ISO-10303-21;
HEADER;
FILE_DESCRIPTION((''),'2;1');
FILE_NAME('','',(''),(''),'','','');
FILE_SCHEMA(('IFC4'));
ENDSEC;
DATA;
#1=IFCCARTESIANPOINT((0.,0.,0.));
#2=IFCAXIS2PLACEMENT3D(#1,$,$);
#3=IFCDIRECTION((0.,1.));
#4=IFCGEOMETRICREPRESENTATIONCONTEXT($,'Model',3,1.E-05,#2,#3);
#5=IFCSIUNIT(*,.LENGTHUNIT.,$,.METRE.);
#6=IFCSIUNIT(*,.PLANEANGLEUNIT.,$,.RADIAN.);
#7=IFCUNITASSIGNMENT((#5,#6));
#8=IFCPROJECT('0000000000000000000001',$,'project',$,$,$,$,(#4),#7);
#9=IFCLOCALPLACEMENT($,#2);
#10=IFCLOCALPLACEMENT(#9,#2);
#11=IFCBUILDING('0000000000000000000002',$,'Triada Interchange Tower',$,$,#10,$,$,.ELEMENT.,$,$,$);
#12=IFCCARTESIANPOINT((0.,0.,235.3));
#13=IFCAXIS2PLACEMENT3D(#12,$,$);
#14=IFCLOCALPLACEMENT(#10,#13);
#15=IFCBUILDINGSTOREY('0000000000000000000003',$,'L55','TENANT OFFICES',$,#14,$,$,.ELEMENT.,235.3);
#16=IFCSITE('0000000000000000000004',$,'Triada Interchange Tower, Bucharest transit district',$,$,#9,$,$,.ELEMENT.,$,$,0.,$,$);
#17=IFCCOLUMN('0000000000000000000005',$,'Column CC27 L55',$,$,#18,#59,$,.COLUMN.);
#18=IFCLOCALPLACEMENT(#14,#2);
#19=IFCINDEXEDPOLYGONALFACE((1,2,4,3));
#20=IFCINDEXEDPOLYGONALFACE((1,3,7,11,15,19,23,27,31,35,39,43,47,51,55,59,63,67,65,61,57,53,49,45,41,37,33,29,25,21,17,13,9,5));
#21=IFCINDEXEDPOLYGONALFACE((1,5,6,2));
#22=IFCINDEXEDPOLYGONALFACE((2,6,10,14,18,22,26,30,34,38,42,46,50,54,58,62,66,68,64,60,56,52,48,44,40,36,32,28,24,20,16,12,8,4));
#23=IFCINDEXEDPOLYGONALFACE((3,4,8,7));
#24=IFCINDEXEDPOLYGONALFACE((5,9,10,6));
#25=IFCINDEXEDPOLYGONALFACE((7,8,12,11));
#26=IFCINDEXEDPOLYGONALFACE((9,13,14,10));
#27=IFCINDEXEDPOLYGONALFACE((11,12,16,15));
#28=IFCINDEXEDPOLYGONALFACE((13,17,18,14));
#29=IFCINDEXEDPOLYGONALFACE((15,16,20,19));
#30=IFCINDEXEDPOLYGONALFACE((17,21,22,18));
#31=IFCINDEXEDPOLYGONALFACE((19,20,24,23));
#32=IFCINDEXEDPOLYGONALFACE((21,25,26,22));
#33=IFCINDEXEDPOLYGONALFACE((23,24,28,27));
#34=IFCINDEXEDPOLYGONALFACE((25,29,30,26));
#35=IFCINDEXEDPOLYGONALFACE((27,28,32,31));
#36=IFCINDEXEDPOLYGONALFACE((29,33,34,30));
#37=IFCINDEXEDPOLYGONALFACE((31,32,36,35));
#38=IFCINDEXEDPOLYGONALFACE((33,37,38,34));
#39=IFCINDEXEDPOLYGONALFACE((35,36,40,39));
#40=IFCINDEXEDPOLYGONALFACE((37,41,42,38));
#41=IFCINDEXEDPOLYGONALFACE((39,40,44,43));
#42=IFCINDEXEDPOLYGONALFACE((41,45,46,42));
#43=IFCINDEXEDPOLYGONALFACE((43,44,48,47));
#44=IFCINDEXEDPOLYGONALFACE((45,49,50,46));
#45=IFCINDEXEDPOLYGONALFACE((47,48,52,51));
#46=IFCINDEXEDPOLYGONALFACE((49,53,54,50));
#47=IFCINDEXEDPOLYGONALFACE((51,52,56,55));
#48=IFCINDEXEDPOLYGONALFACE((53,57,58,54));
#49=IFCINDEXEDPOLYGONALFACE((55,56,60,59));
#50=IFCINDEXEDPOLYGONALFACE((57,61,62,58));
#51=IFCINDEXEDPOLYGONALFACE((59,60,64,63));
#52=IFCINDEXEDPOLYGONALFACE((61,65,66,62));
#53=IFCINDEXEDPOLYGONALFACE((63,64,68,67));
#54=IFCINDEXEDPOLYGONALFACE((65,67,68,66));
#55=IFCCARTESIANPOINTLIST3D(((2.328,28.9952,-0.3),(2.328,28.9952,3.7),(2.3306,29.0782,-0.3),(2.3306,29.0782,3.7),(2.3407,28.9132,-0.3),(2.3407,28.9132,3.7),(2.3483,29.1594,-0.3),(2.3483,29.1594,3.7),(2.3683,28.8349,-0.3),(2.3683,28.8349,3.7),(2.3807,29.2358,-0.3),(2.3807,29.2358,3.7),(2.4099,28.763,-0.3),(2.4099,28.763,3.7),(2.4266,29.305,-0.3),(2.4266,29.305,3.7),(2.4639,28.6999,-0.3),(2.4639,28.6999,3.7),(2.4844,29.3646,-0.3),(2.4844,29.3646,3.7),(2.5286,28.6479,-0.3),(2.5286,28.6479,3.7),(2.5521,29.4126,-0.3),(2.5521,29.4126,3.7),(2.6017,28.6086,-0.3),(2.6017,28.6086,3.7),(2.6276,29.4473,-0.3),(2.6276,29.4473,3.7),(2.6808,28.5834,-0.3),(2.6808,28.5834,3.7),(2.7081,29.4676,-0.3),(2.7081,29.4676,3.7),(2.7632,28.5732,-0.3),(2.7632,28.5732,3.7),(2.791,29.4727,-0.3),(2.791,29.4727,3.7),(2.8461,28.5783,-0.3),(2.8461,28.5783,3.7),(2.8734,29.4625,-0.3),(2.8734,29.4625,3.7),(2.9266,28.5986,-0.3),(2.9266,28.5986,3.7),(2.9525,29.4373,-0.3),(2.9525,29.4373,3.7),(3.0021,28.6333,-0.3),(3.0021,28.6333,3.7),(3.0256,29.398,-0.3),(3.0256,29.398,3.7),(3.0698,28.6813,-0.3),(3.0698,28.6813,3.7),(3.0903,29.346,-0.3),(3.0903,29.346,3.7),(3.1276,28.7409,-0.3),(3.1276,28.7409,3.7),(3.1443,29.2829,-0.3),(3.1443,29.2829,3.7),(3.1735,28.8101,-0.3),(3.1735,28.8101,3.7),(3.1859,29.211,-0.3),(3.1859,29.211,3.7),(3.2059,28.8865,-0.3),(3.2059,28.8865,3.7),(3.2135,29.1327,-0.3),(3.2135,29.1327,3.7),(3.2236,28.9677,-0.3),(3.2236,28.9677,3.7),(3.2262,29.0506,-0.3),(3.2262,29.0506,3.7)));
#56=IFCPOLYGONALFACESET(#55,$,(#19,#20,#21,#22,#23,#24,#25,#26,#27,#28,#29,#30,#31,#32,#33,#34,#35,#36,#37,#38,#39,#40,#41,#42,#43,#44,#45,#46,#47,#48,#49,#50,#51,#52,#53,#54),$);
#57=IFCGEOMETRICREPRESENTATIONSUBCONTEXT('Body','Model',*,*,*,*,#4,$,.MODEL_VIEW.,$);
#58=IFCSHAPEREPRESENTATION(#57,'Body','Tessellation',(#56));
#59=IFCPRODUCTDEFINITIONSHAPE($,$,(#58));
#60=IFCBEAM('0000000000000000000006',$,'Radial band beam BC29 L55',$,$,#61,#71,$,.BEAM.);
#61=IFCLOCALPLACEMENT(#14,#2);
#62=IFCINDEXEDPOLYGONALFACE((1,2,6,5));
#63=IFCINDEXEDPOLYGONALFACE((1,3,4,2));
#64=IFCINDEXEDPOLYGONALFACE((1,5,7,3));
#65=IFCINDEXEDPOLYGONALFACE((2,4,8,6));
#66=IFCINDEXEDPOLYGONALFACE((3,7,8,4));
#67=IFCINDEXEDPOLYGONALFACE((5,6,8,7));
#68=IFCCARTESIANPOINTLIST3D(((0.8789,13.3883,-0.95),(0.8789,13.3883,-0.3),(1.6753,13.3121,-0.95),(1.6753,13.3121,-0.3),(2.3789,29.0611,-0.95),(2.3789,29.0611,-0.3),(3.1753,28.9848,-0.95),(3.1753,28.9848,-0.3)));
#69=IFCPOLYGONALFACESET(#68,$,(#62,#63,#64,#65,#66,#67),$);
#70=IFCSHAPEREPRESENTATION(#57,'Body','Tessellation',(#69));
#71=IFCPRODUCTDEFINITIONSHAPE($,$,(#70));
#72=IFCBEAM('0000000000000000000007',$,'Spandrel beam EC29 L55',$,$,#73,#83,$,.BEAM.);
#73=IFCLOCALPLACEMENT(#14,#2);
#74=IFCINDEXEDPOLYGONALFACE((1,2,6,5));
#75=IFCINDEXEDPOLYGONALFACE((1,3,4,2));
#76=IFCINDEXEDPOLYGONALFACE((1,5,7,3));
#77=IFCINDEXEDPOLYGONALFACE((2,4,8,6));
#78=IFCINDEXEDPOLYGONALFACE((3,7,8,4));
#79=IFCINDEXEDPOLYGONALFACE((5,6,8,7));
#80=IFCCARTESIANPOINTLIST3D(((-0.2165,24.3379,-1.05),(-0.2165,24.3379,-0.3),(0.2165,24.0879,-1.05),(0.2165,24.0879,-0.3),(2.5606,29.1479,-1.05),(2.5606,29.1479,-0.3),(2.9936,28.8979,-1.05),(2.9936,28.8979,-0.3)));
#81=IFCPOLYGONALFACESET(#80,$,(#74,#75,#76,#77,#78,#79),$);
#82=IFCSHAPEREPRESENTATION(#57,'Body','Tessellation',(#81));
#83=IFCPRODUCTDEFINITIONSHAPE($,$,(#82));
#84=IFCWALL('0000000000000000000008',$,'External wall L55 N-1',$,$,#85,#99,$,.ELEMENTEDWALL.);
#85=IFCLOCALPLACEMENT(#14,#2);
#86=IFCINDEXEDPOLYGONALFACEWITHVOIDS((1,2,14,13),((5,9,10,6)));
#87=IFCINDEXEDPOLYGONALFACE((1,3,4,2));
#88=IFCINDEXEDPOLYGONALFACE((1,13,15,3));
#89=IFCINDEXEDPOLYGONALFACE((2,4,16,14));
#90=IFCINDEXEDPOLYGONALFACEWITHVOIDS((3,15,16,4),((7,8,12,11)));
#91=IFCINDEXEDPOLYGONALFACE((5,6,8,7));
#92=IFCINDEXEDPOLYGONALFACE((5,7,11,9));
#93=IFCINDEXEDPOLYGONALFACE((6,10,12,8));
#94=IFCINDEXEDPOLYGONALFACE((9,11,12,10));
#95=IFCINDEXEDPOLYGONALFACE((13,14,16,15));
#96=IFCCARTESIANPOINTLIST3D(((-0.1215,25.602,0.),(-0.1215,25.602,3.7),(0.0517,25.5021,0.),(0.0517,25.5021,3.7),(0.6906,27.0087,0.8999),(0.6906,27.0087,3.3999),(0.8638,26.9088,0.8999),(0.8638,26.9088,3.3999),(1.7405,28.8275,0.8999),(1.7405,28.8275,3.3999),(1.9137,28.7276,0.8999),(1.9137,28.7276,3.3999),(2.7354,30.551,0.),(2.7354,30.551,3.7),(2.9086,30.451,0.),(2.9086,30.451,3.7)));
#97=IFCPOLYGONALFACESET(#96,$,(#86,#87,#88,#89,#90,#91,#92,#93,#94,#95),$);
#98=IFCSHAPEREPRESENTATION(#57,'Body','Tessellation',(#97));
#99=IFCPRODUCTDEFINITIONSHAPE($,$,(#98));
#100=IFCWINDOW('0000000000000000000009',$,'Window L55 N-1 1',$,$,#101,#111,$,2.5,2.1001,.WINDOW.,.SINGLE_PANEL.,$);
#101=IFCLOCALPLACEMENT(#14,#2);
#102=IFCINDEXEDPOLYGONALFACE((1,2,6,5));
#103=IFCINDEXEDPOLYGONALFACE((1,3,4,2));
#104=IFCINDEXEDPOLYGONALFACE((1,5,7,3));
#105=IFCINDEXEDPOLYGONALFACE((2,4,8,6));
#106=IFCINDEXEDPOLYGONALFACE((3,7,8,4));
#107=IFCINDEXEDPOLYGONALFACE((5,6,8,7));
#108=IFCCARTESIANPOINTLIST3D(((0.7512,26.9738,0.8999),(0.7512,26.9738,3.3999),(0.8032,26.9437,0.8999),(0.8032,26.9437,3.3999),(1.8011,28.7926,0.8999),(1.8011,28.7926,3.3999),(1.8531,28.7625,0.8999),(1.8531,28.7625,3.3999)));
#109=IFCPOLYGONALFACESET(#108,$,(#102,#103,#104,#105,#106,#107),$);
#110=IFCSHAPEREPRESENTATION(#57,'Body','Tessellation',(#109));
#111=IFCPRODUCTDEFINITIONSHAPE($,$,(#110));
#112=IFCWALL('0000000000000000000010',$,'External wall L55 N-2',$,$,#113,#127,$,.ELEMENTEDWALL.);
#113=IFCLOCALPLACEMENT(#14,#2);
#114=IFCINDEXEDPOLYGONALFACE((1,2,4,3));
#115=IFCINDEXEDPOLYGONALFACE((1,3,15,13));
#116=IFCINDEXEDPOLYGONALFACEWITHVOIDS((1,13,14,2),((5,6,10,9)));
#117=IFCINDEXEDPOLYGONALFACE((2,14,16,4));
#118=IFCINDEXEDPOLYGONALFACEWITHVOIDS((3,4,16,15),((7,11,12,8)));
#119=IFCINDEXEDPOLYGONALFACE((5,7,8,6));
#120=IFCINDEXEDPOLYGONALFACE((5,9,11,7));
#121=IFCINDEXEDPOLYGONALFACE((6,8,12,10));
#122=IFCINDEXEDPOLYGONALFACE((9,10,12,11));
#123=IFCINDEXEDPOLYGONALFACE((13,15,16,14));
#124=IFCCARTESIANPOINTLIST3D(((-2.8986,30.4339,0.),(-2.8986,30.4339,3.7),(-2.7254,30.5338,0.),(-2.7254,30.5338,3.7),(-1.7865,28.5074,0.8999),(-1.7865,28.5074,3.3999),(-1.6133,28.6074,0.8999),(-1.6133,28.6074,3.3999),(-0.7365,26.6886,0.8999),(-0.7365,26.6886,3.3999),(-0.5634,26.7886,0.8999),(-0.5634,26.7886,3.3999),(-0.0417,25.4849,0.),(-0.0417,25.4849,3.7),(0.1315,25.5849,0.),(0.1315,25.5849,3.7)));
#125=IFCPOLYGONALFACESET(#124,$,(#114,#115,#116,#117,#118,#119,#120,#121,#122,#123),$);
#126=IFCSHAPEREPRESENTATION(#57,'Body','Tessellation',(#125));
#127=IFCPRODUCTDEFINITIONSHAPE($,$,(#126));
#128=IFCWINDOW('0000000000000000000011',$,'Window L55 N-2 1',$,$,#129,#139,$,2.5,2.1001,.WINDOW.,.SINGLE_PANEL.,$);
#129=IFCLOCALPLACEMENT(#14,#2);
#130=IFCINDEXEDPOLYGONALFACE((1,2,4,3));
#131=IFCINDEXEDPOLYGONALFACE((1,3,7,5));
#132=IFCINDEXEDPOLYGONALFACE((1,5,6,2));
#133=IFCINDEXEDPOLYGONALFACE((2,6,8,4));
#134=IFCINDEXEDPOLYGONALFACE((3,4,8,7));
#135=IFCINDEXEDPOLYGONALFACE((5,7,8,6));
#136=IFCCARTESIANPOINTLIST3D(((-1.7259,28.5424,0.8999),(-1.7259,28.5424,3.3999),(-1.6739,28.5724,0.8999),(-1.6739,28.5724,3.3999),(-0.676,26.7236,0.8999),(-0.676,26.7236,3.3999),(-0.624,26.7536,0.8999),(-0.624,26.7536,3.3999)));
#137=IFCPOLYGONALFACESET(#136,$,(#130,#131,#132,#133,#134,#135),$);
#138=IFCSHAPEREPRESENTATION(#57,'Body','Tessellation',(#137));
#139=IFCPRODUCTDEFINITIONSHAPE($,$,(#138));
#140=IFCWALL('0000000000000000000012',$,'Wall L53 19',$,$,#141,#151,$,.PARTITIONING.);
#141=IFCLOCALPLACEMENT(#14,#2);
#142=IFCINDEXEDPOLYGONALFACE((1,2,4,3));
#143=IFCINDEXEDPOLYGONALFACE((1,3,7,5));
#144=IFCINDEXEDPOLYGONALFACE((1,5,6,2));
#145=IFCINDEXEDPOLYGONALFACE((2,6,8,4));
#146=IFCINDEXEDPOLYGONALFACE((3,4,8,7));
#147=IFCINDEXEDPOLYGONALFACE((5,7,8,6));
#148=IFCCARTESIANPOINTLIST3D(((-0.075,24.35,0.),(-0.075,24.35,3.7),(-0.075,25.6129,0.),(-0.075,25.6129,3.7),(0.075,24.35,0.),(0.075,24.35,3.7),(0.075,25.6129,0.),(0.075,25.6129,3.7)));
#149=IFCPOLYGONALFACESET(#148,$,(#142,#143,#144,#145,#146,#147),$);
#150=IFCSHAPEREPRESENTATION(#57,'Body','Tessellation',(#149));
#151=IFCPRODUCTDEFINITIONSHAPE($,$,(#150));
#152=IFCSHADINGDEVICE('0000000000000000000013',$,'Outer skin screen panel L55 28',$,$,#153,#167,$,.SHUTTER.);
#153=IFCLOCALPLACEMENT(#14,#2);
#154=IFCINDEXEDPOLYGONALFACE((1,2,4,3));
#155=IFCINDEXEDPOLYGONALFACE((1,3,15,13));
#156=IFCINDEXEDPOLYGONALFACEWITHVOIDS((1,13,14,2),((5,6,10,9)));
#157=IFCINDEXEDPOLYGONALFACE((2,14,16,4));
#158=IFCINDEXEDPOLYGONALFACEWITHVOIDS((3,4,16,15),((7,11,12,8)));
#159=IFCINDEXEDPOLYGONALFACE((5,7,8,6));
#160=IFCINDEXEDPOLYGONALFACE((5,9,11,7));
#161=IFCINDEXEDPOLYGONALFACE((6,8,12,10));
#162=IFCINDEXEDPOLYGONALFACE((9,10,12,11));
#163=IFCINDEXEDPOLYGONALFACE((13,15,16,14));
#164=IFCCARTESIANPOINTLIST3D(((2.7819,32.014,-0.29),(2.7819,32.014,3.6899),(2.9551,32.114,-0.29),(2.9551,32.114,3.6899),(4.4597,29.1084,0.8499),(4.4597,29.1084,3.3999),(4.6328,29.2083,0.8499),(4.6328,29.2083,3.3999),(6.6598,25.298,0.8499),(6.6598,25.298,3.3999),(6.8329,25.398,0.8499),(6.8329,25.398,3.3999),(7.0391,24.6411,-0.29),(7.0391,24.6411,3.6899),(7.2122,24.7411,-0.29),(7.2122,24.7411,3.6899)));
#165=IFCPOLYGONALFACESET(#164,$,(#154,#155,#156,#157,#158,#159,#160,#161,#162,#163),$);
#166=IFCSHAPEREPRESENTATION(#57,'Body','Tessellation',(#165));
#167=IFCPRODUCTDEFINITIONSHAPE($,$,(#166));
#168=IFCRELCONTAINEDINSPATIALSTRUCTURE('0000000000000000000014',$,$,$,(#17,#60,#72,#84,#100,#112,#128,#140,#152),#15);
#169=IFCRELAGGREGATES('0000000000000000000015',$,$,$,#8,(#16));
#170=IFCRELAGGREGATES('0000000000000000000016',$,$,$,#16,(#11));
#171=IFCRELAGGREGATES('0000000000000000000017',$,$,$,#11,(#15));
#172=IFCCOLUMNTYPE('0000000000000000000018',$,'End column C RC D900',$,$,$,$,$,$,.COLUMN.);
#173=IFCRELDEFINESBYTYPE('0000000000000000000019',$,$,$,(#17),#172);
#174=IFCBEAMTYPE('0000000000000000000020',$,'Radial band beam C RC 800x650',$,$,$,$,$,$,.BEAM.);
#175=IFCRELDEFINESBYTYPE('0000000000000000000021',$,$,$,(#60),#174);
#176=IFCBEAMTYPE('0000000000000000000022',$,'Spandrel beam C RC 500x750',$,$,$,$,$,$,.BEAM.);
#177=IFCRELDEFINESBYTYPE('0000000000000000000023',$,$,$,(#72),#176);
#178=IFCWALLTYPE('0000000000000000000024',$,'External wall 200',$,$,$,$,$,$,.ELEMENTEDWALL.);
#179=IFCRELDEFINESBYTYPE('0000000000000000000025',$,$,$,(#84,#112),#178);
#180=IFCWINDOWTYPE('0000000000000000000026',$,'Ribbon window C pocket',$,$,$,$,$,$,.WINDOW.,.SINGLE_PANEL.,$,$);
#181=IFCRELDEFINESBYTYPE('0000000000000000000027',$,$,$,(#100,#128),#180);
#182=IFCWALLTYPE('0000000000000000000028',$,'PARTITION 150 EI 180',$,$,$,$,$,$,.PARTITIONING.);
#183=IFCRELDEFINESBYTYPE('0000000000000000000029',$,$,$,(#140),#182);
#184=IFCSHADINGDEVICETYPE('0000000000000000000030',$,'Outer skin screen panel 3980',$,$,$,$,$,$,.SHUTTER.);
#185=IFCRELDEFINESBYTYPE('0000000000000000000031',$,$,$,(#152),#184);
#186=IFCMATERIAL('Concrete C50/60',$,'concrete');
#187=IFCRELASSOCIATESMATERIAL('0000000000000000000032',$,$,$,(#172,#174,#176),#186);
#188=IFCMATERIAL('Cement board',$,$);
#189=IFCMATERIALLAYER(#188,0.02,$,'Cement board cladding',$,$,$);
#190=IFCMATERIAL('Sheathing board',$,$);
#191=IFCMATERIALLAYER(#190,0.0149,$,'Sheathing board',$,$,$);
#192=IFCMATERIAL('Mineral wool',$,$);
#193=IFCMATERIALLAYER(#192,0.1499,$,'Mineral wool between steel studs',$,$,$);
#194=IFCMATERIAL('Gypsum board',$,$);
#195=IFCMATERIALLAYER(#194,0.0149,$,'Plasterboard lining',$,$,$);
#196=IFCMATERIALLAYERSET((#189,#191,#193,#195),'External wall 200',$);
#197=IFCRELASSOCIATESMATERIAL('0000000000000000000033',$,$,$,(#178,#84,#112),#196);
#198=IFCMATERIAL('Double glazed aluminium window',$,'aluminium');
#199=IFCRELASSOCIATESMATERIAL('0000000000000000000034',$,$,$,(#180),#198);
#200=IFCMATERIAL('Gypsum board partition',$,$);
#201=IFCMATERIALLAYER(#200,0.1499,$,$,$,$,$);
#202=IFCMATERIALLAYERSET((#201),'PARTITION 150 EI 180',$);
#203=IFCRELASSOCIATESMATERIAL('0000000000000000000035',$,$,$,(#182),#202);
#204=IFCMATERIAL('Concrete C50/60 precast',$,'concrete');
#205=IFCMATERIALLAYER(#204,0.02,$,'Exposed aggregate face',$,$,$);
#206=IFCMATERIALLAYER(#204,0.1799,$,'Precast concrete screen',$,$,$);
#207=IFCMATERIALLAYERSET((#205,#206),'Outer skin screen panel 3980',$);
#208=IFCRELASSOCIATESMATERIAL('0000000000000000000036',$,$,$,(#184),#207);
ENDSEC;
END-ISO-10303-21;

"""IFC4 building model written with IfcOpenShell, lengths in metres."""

from ifc_helpers import new_model, si_unit, direction, frame, frame_2d, origin, origin_2d, place, context, subcontext, project, spatial, polyline, rectangle, circle, outline, extrude, material, layer, layer_set, layer_usage, material_profile, profile_set, type_object, element, fill, save


model = new_model("IFC4")

# Units and contexts
model_context = context("Model", 3, precision=1e-05, world=origin(), true_north=direction((0.0, 1.0)))
body_context = subcontext(model_context, "Body", "Model", "MODEL_VIEW")
ifc_project = project(units=[si_unit("LENGTHUNIT", "METRE"), si_unit("PLANEANGLEUNIT", "RADIAN")], contexts=[model_context])

# Site, building, storey
site_placement = place(None, origin())
site = spatial("IfcSite", under=ifc_project, at=site_placement, Name="Triada Interchange Tower, Bucharest transit district", CompositionType="ELEMENT", RefElevation=0.0)
building_placement = place(site_placement, origin())
building = spatial("IfcBuilding", under=site, at=building_placement, Name="Triada Interchange Tower", CompositionType="ELEMENT")
storey_placement = place(building_placement, frame((0.0, 0.0, 235.3)))
storey = spatial("IfcBuildingStorey", under=building, at=storey_placement, Name="L55", Description="TENANT OFFICES", CompositionType="ELEMENT", Elevation=235.3)

# Column
ifc_material_1 = material(Name="Concrete C50/60", Category="concrete")
ifc_material_profile_1 = material_profile(ifc_material_1, circle(Radius=0.45, at=origin_2d()), Name="RC D900")
ifc_profile_set_1 = profile_set([ifc_material_profile_1], Name="Concrete C50/60")
column_type = type_object("IfcColumnType", Name="End column C RC D900", PredefinedType="COLUMN", material=ifc_profile_set_1)
column_placement = place(storey_placement, frame((2.7771, 29.0229, -0.3), z_axis=(0.0, 0.0, 1.0), x_axis=(-0.5, 0.866025, 0.0)))
element("IfcColumn", 1, at=column_placement, inside=storey, type_object=column_type, Name="Column CC27 L55", PredefinedType="COLUMN", context=body_context, shape_type="SweptSolid", body=[
    extrude(circle(Radius=0.45, at=origin_2d()), origin(), (0.0, 0.0, 1.0), 4.0),
])

# Beams
ifc_material_profile_2 = material_profile(ifc_material_1, rectangle(XDim=0.8, YDim=0.6499, at=origin_2d()), Name="RC 800x650")
ifc_profile_set_2 = profile_set([ifc_material_profile_2], Name="Concrete C50/60")
beam_type_1 = type_object("IfcBeamType", Name="Radial band beam C RC 800x650", PredefinedType="BEAM", material=ifc_profile_set_2)
beam_1_placement = place(storey_placement, frame((2.7771, 29.0229, -0.625), z_axis=(-0.095272, -0.995451, 0.0), x_axis=(0.995451, -0.095272, 0.0)))
element("IfcBeam", 2, at=beam_1_placement, inside=storey, type_object=beam_type_1, Name="Radial band beam BC29 L55", PredefinedType="BEAM", context=body_context, shape_type="SweptSolid", body=[
    extrude(rectangle(XDim=0.8, YDim=0.6499, at=origin_2d()), origin(), (0.0, 0.0, 1.0), 15.7444),
])
ifc_material_profile_3 = material_profile(ifc_material_1, rectangle(XDim=0.5, YDim=0.75, at=origin_2d()), Name="RC 500x750")
ifc_profile_set_3 = profile_set([ifc_material_profile_3], Name="Concrete C50/60")
beam_type_2 = type_object("IfcBeamType", Name="Spandrel beam C RC 500x750", PredefinedType="BEAM", material=ifc_profile_set_3)
beam_2_placement = place(storey_placement, frame((2.7771, 29.0229, -0.675), z_axis=(-0.500001, -0.866025, 0.0), x_axis=(0.866025, -0.500001, 0.0)))
element("IfcBeam", 3, at=beam_2_placement, inside=storey, type_object=beam_type_2, Name="Spandrel beam EC29 L55", PredefinedType="BEAM", context=body_context, shape_type="SweptSolid", body=[
    extrude(rectangle(XDim=0.5, YDim=0.75, at=origin_2d()), origin(), (0.0, 0.0, 1.0), 5.5542),
])

# Walls, openings, windows
ifc_material_2 = material(Name="Cement board")
ifc_layer_1 = layer(ifc_material_2, 0.02, Name="Cement board cladding")
ifc_material_3 = material(Name="Sheathing board")
ifc_layer_2 = layer(ifc_material_3, 0.0149, Name="Sheathing board")
ifc_material_4 = material(Name="Mineral wool")
ifc_layer_3 = layer(ifc_material_4, 0.1499, Name="Mineral wool between steel studs")
ifc_material_5 = material(Name="Gypsum board")
ifc_layer_4 = layer(ifc_material_5, 0.0149, Name="Plasterboard lining")
ifc_layer_set_1 = layer_set([ifc_layer_1, ifc_layer_2, ifc_layer_3, ifc_layer_4], Name="External wall 200")
ifc_layer_usage = layer_usage(ifc_layer_set_1, "AXIS2", "POSITIVE", -0.1001)
wall_type_1 = type_object("IfcWallType", Name="External wall 200", PredefinedType="ELEMENTEDWALL", material=ifc_layer_set_1)
wall_1_placement = place(storey_placement, frame((2.822, 30.501, 0.0), z_axis=(0.0, 0.0, 1.0), x_axis=(-0.499953, -0.866053, 0.0)))
wall_1 = element("IfcWall", 4, at=wall_1_placement, inside=storey, type_object=wall_type_1, material=ifc_layer_usage, Name="External wall L55 N-1", PredefinedType="ELEMENTEDWALL", context=body_context, shape_type="SweptSolid", body=[
    extrude(rectangle(XDim=5.7144, YDim=0.2, at=frame_2d((2.8572, 0.0))), origin(), (0.0, 0.0, 1.0), 3.7),
])
opening_1_placement = place(wall_1_placement, frame((1.99, 0.0, 0.8999)))
opening_1 = element("IfcOpeningElement", 5, at=opening_1_placement, cuts=wall_1, PredefinedType="OPENING", context=body_context, shape_type="SweptSolid", body=[
    extrude(rectangle(XDim=2.1001, YDim=2.5, at=frame_2d((1.05, 1.25))), frame((0.0, 0.1099, 0.0), z_axis=(0.0, -1.0, 0.0), x_axis=(1.0, 0.0, 0.0)), (0.0, 0.0, 1.0), 0.22),
])
ifc_material_6 = material(Name="Double glazed aluminium window", Category="aluminium")
window_type = type_object("IfcWindowType", Name="Ribbon window C pocket", PartitioningType="SINGLE_PANEL", PredefinedType="WINDOW", material=ifc_material_6)
window_1_placement = place(opening_1_placement, origin())
window_1 = element("IfcWindow", 6, at=window_1_placement, inside=storey, type_object=window_type, Name="Window L55 N-1 1", OverallHeight=2.5, OverallWidth=2.1001, PartitioningType="SINGLE_PANEL", PredefinedType="WINDOW", context=body_context, shape_type="SweptSolid", body=[
    extrude(rectangle(XDim=2.1001, YDim=2.5, at=frame_2d((1.05, 1.25))), frame((0.0, 0.03, 0.0), z_axis=(0.0, -1.0, 0.0), x_axis=(1.0, 0.0, 0.0)), (0.0, 0.0, 1.0), 0.0601),
])
fill(opening_1, window_1)
wall_2_placement = place(storey_placement, frame((0.0449, 25.5349, 0.0), z_axis=(0.0, 0.0, 1.0), x_axis=(-0.499953, 0.866053, 0.0)))
wall_2 = element("IfcWall", 7, at=wall_2_placement, inside=storey, type_object=wall_type_1, material=ifc_layer_usage, Name="External wall L55 N-2", PredefinedType="ELEMENTEDWALL", context=body_context, shape_type="SweptSolid", body=[
    extrude(rectangle(XDim=5.7144, YDim=0.2, at=frame_2d((2.8572, 0.0))), origin(), (0.0, 0.0, 1.0), 3.7),
])
opening_2_placement = place(wall_2_placement, frame((1.3899, 0.0, 0.8999)))
opening_2 = element("IfcOpeningElement", 8, at=opening_2_placement, cuts=wall_2, PredefinedType="OPENING", context=body_context, shape_type="SweptSolid", body=[
    extrude(rectangle(XDim=2.1001, YDim=2.5, at=frame_2d((1.05, 1.25))), frame((0.0, 0.1099, 0.0), z_axis=(0.0, -1.0, 0.0), x_axis=(1.0, 0.0, 0.0)), (0.0, 0.0, 1.0), 0.22),
])
window_2_placement = place(opening_2_placement, origin())
window_2 = element("IfcWindow", 9, at=window_2_placement, inside=storey, type_object=window_type, Name="Window L55 N-2 1", OverallHeight=2.5, OverallWidth=2.1001, PartitioningType="SINGLE_PANEL", PredefinedType="WINDOW", context=body_context, shape_type="SweptSolid", body=[
    extrude(rectangle(XDim=2.1001, YDim=2.5, at=frame_2d((1.05, 1.25))), frame((0.0, 0.03, 0.0), z_axis=(0.0, -1.0, 0.0), x_axis=(1.0, 0.0, 0.0)), (0.0, 0.0, 1.0), 0.0601),
])
fill(opening_2, window_2)

# Wall
ifc_material_7 = material(Name="Gypsum board partition")
ifc_layer_5 = layer(ifc_material_7, 0.1499)
ifc_layer_set_2 = layer_set([ifc_layer_5], Name="PARTITION 150 EI 180")
wall_type_2 = type_object("IfcWallType", Name="PARTITION 150 EI 180", PredefinedType="PARTITIONING", material=ifc_layer_set_2)
wall_3_placement = place(storey_placement, frame((0.0, 24.3501, 0.0), z_axis=(0.0, 0.0, 1.0), x_axis=(0.0, 1.0, 0.0)))
element("IfcWall", 10, at=wall_3_placement, inside=storey, type_object=wall_type_2, Name="Wall L53 19", PredefinedType="PARTITIONING", context=body_context, shape_type="SweptSolid", body=[
    extrude(rectangle(XDim=1.2629, YDim=0.1499, at=frame_2d((0.6313, 0.0))), origin(), (0.0, 0.0, 1.0), 3.7),
])

# Shading device
ifc_material_8 = material(Name="Concrete C50/60 precast", Category="concrete")
ifc_layer_6 = layer(ifc_material_8, 0.02, Name="Exposed aggregate face")
ifc_layer_7 = layer(ifc_material_8, 0.1799, Name="Precast concrete screen")
ifc_layer_set_3 = layer_set([ifc_layer_6, ifc_layer_7], Name="Outer skin screen panel 3980")
shading_device_type = type_object("IfcShadingDeviceType", Name="Outer skin screen panel 3980", PredefinedType="SHUTTER", material=ifc_layer_set_3)
shading_device_1_placement = place(storey_placement, frame((7.0391, 24.6411, -0.29), z_axis=(0.0, 0.0, 1.0), x_axis=(-0.500034, 0.866006, 0.0)))
element("IfcShadingDevice", 11, at=shading_device_1_placement, inside=storey, type_object=shading_device_type, Name="Outer skin screen panel L55 28", PredefinedType="SHUTTER", context=body_context, shape_type="SweptSolid", body=[
    extrude(outline(polyline([(0.0, 0.0), (8.5137, 0.0), (8.5137, 3.98), (0.0, 3.98), (0.0, 0.0)]), holes=[polyline([(0.7585, 1.1399), (0.7585, 3.6899), (5.1584, 3.6899), (5.1584, 1.1399), (0.7585, 1.1399)])]), frame((0.0, 0.0, 0.0), z_axis=(0.0, -1.0, 0.0), x_axis=(1.0, 0.0, 0.0)), (0.0, 0.0, 1.0), 0.2),
])

save(model, "model.ifc")
